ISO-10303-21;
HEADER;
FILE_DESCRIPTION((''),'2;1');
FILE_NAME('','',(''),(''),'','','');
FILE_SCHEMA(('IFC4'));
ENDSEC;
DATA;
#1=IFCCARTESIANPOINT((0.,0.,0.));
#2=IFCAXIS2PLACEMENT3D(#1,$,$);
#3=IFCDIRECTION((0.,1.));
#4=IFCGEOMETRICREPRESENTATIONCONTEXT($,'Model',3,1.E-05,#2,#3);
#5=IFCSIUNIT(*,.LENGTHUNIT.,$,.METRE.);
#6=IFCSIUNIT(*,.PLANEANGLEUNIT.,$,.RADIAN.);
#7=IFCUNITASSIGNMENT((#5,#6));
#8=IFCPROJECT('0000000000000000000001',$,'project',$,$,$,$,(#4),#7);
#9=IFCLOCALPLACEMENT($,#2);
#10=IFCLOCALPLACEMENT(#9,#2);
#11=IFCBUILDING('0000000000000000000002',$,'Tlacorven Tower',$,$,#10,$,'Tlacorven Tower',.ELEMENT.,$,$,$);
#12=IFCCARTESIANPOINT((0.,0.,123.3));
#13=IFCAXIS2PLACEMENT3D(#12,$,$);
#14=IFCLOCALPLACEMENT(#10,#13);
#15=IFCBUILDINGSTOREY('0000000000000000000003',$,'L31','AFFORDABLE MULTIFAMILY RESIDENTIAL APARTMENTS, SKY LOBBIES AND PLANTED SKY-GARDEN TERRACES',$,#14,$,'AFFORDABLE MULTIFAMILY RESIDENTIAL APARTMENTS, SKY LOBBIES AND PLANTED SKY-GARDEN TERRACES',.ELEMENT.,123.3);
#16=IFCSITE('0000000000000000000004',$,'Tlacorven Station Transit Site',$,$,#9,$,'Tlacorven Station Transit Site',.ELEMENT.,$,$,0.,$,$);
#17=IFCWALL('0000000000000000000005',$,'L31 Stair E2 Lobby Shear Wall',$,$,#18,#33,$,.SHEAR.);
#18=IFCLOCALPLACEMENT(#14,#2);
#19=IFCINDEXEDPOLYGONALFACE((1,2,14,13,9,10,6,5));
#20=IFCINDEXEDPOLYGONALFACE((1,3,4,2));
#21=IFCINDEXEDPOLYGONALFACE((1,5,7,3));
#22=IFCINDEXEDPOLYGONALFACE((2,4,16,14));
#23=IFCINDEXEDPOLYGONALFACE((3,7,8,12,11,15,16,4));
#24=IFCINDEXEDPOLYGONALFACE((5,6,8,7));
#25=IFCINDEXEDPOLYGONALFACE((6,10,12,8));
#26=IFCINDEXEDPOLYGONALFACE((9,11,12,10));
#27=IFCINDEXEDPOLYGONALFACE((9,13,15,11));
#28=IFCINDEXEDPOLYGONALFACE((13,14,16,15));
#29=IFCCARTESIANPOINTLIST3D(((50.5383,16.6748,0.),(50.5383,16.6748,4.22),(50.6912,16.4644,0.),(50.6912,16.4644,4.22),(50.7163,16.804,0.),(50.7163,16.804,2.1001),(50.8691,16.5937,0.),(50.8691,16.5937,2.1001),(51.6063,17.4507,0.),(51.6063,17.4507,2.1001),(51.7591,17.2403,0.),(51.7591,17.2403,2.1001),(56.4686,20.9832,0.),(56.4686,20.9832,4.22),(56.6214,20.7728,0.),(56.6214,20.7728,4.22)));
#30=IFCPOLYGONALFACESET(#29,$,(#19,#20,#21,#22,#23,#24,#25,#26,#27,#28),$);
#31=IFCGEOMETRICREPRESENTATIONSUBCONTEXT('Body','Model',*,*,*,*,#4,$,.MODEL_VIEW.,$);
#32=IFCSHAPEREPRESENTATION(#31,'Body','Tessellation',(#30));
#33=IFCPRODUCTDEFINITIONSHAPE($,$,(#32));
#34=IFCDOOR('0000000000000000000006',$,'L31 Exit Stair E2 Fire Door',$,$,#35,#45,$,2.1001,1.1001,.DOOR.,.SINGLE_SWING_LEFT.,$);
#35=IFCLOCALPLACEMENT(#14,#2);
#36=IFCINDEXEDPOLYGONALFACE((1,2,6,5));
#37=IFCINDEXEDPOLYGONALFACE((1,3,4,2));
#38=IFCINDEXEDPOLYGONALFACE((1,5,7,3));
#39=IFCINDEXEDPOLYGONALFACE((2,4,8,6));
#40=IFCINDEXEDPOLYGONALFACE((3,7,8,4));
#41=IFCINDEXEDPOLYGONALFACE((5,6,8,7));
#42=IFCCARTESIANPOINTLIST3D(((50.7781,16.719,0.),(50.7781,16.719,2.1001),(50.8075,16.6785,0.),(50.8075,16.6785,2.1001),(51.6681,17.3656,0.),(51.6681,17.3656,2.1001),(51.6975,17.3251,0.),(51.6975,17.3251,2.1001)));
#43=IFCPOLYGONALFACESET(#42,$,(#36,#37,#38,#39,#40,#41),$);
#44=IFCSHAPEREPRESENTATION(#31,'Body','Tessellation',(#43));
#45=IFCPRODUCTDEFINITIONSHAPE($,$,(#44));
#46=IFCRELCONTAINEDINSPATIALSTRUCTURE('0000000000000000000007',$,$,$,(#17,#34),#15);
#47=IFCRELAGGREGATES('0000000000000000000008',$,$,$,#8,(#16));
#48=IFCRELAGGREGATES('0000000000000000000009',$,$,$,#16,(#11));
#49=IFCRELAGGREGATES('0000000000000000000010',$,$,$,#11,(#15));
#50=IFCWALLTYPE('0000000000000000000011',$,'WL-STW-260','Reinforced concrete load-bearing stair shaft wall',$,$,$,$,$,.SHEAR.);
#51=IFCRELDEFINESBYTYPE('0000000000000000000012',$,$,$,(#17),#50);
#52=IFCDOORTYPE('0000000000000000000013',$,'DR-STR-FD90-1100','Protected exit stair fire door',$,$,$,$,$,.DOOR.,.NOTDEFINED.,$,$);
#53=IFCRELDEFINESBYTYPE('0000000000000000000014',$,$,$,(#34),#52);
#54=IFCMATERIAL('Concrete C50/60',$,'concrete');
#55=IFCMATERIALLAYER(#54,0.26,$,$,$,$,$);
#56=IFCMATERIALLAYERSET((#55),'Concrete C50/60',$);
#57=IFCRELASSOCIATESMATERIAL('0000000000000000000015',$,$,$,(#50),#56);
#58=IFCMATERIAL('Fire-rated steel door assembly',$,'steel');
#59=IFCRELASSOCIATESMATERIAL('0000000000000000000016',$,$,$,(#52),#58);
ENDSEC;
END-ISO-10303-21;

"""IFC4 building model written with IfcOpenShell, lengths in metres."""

from ifc_helpers import new_model, si_unit, direction, frame, frame_2d, origin, place, context, subcontext, project, spatial, rectangle, extrude, source, transform, mapped, material, layer, layer_set, type_object, element, fill, save


model = new_model("IFC4")

# Units and contexts
model_context = context("Model", 3, precision=1e-05, world=origin(), true_north=direction((0.0, 1.0)))
body_context = subcontext(model_context, "Body", "Model", "MODEL_VIEW")
ifc_project = project(units=[si_unit("LENGTHUNIT", "METRE"), si_unit("PLANEANGLEUNIT", "RADIAN")], contexts=[model_context])

# Site, building, storey
site_placement = place(None, origin())
site = spatial("IfcSite", under=ifc_project, at=site_placement, Name="Tlacorven Station Transit Site", LongName="Tlacorven Station Transit Site", CompositionType="ELEMENT", RefElevation=0.0)
building_placement = place(site_placement, origin())
building = spatial("IfcBuilding", under=site, at=building_placement, Name="Tlacorven Tower", LongName="Tlacorven Tower", CompositionType="ELEMENT")
storey_placement = place(building_placement, frame((0.0, 0.0, 123.3)))
storey = spatial("IfcBuildingStorey", under=building, at=storey_placement, Name="L31", Description="AFFORDABLE MULTIFAMILY RESIDENTIAL APARTMENTS, SKY LOBBIES AND PLANTED SKY-GARDEN TERRACES", LongName="AFFORDABLE MULTIFAMILY RESIDENTIAL APARTMENTS, SKY LOBBIES AND PLANTED SKY-GARDEN TERRACES", CompositionType="ELEMENT", Elevation=123.3)

# Shared definitions
ifc_material_1 = material(Name="Fire-rated steel door assembly", Category="steel")

# Wall, opening, door
ifc_material_2 = material(Name="Concrete C50/60", Category="concrete")
ifc_layer_1 = layer(ifc_material_2, 0.26)
ifc_layer_set_1 = layer_set([ifc_layer_1], Name="Concrete C50/60")
wall_type_1 = type_object("IfcWallType", Name="WL-STW-260", Description="Reinforced concrete load-bearing stair shaft wall", PredefinedType="SHEAR", material=ifc_layer_set_1)
door_type_1 = type_object("IfcDoorType", Name="DR-STR-FD90-1100", Description="Protected exit stair fire door", OperationType="NOTDEFINED", PredefinedType="DOOR", material=ifc_material_1)
shared_shape_1 = source(origin(), body_context, "Body", "SweptSolid", [
    extrude(rectangle(XDim=1.1001, YDim=2.1001, at=frame_2d((0.55, 1.05))), frame((0.0, 0.0249, 0.0), z_axis=(0.0, -1.0, 0.0), x_axis=(1.0, 0.0, 0.0)), (0.0, 0.0, 1.0), 0.05),
])
wall_1_placement = place(storey_placement, frame((50.6147, 16.5696, 0.0), z_axis=(0.0, 0.0, 1.0), x_axis=(0.809028, 0.58777, 0.0)))
wall_1 = element("IfcWall", 1, at=wall_1_placement, inside=storey, type_object=wall_type_1, Name="L31 Stair E2 Lobby Shear Wall", PredefinedType="SHEAR", context=body_context, shape_type="SweptSolid", body=[
    extrude(rectangle(XDim=7.3301, YDim=0.26, at=frame_2d((3.665, 0.0))), origin(), (0.0, 0.0, 1.0), 4.22),
])
opening_1_placement = place(wall_1_placement, frame((0.22, 0.0, 0.0)))
opening_1 = element("IfcOpeningElement", 2, at=opening_1_placement, cuts=wall_1, PredefinedType="OPENING", context=body_context, shape_type="SweptSolid", body=[
    extrude(rectangle(XDim=1.1001, YDim=2.1001, at=frame_2d((0.55, 1.05))), frame((0.0, 0.1401, 0.0), z_axis=(0.0, -1.0, 0.0), x_axis=(1.0, 0.0, 0.0)), (0.0, 0.0, 1.0), 0.28),
])
door_1_placement = place(opening_1_placement, origin())
door_1 = element("IfcDoor", 3, at=door_1_placement, inside=storey, type_object=door_type_1, Name="L31 Exit Stair E2 Fire Door", OperationType="SINGLE_SWING_LEFT", OverallHeight=2.1001, OverallWidth=1.1001, PredefinedType="DOOR", context=body_context, shape_type="MappedRepresentation", body=[
    mapped(shared_shape_1, transform((0.0, 0.0, 0.0), scale=1.0)),
])
fill(opening_1, door_1)

save(model, "model.ifc")
